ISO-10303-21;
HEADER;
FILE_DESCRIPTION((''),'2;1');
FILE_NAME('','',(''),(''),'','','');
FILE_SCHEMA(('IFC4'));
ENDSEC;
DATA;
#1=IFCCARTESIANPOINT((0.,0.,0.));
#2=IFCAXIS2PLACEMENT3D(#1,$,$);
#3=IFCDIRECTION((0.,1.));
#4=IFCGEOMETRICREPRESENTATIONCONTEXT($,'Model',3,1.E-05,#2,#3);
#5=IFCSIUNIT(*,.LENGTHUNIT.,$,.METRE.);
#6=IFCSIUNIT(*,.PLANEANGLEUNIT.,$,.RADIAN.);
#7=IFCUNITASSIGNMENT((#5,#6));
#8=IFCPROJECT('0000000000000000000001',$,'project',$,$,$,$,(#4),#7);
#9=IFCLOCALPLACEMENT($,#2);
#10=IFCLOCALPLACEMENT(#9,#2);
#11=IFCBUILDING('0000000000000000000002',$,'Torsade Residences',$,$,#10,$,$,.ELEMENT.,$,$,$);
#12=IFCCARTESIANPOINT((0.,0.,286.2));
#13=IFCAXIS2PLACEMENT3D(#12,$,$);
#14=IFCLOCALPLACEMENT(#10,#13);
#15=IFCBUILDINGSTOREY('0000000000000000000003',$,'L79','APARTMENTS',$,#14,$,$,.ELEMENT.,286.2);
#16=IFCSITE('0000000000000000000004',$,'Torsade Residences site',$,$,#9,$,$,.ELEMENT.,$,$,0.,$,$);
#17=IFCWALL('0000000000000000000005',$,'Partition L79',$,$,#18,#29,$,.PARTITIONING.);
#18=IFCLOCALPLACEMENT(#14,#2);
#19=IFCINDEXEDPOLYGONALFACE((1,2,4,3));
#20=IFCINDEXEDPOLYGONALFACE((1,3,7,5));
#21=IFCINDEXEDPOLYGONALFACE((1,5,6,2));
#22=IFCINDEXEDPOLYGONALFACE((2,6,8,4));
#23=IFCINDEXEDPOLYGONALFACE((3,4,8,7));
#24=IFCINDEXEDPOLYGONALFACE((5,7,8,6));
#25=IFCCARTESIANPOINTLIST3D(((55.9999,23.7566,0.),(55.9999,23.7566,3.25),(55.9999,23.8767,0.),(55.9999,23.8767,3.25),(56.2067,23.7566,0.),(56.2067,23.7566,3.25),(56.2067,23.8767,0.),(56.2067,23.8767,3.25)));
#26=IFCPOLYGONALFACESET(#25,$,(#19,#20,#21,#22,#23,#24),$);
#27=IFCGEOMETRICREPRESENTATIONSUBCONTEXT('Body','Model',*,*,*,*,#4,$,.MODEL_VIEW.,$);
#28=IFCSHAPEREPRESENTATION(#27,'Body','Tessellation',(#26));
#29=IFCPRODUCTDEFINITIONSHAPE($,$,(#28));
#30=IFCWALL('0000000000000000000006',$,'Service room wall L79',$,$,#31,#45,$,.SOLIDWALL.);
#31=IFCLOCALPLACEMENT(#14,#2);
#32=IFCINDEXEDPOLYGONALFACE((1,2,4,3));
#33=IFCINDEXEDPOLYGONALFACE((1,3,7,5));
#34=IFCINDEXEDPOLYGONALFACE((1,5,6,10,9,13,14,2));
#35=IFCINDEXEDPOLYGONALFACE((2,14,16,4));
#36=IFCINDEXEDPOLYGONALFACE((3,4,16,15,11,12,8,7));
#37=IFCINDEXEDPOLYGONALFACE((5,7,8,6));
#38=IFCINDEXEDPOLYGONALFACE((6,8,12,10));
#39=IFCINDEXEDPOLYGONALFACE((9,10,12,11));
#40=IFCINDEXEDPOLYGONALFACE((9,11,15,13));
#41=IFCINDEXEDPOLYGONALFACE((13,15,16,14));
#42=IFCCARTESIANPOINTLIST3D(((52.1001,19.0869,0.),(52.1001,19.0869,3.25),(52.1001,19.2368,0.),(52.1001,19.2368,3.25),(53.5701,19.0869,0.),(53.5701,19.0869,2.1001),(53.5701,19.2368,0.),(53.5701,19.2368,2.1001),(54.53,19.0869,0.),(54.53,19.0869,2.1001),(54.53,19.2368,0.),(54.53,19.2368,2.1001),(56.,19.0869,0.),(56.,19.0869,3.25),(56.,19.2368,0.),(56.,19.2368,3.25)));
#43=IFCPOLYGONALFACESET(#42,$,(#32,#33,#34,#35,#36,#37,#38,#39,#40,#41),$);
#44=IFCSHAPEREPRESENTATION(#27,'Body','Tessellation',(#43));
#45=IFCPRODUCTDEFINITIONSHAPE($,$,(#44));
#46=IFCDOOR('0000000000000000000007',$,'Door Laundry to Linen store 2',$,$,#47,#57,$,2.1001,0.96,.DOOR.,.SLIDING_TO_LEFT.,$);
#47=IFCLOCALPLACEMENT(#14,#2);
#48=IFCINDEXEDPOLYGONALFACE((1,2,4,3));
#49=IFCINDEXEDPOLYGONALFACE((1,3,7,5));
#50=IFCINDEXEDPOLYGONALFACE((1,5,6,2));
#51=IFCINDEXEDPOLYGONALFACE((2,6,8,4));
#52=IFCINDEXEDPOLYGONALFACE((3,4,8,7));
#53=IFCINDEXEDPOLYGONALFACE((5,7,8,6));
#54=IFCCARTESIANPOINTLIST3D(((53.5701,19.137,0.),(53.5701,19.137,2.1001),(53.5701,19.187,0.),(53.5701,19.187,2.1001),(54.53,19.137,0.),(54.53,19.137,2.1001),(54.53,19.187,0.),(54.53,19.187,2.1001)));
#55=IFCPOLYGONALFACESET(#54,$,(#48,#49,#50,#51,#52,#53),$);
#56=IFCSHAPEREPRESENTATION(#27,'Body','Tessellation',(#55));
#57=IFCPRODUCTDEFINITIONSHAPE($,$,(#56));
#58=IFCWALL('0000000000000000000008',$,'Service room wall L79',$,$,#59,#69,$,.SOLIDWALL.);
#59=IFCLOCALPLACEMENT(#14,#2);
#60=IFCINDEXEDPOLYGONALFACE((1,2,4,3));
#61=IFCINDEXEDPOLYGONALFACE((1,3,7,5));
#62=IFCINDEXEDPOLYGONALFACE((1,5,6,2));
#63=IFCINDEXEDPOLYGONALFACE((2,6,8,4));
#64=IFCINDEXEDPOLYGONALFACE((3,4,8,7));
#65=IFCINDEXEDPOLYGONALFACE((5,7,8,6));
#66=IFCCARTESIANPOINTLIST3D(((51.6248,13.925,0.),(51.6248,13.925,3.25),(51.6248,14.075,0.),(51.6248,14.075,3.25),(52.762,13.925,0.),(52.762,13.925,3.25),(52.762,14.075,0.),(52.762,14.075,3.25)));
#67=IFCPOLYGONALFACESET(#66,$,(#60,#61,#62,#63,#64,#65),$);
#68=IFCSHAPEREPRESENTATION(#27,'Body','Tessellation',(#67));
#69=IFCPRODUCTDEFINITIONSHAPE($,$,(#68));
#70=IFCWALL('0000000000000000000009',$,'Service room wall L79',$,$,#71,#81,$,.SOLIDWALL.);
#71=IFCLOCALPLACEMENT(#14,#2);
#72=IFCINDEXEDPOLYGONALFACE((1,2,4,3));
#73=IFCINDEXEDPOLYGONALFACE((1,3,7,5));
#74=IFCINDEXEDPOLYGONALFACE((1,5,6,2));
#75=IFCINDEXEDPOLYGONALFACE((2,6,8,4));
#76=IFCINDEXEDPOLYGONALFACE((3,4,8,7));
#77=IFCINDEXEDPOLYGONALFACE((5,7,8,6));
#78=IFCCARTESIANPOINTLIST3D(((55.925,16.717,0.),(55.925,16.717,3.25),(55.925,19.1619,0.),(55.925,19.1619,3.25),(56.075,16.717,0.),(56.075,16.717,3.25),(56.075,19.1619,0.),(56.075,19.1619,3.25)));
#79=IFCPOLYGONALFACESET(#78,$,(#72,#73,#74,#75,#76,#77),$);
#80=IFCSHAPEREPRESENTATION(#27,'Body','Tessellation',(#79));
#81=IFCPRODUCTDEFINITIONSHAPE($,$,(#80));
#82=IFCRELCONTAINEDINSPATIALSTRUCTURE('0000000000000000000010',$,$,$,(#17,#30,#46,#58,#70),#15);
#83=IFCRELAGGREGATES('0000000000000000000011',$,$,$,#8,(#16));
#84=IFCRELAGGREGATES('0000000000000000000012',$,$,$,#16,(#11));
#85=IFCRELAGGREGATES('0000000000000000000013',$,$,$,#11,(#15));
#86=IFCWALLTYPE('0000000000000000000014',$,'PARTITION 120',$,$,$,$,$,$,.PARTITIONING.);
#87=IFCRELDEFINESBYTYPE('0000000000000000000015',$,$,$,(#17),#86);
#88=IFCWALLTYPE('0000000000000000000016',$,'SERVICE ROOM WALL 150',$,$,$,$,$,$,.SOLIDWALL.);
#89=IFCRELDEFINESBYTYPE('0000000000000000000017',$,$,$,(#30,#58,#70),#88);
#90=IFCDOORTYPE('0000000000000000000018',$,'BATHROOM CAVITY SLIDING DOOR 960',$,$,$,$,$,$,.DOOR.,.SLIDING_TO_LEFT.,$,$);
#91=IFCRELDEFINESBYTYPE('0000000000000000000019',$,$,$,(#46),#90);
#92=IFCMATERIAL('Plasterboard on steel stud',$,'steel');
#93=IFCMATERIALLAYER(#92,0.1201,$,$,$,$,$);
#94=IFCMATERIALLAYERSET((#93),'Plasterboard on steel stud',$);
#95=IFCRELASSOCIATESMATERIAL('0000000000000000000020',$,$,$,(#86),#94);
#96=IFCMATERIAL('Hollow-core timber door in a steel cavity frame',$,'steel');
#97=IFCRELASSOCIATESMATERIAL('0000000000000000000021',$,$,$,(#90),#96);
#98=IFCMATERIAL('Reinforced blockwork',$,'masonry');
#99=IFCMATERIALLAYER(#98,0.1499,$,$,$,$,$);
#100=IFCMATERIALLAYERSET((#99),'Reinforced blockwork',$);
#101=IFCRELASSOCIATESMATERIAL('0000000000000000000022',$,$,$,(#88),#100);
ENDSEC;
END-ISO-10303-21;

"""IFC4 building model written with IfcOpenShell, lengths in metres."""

from ifc_helpers import new_model, si_unit, direction, frame, frame_2d, origin, place, context, subcontext, project, spatial, rectangle, extrude, material, layer, layer_set, type_object, element, fill, save


model = new_model("IFC4")

# Units and contexts
model_context = context("Model", 3, precision=1e-05, world=origin(), true_north=direction((0.0, 1.0)))
body_context = subcontext(model_context, "Body", "Model", "MODEL_VIEW")
ifc_project = project(units=[si_unit("LENGTHUNIT", "METRE"), si_unit("PLANEANGLEUNIT", "RADIAN")], contexts=[model_context])

# Site, building, storey
site_placement = place(None, origin())
site = spatial("IfcSite", under=ifc_project, at=site_placement, Name="Torsade Residences site", CompositionType="ELEMENT", RefElevation=0.0)
building_placement = place(site_placement, origin())
building = spatial("IfcBuilding", under=site, at=building_placement, Name="Torsade Residences", CompositionType="ELEMENT")
storey_placement = place(building_placement, frame((0.0, 0.0, 286.2)))
storey = spatial("IfcBuildingStorey", under=building, at=storey_placement, Name="L79", Description="APARTMENTS", CompositionType="ELEMENT", Elevation=286.2)

# Shared definitions
ifc_material_1 = material(Name="Plasterboard on steel stud", Category="steel")
ifc_layer_1 = layer(ifc_material_1, 0.1201)
ifc_layer_set_1 = layer_set([ifc_layer_1], Name="Plasterboard on steel stud")
wall_type_1 = type_object("IfcWallType", Name="PARTITION 120", PredefinedType="PARTITIONING", material=ifc_layer_set_1)
ifc_material_2 = material(Name="Hollow-core timber door in a steel cavity frame", Category="steel")
door_type_1 = type_object("IfcDoorType", Name="BATHROOM CAVITY SLIDING DOOR 960", OperationType="SLIDING_TO_LEFT", PredefinedType="DOOR", material=ifc_material_2)

# Wall
wall_1_placement = place(storey_placement, frame((56.2068, 23.8167, 0.0), z_axis=(0.0, 0.0, 1.0), x_axis=(-1.0, 0.0, 0.0)))
element("IfcWall", 1, at=wall_1_placement, inside=storey, type_object=wall_type_1, Name="Partition L79", PredefinedType="PARTITIONING", context=body_context, shape_type="SweptSolid", body=[
    extrude(rectangle(XDim=0.2068, YDim=0.1201, at=frame_2d((0.1035, 0.0))), origin(), (0.0, 0.0, 1.0), 3.25),
])

# Wall, opening, door
ifc_material_3 = material(Name="Reinforced blockwork", Category="masonry")
ifc_layer_2 = layer(ifc_material_3, 0.1499)
ifc_layer_set_2 = layer_set([ifc_layer_2], Name="Reinforced blockwork")
wall_type_2 = type_object("IfcWallType", Name="SERVICE ROOM WALL 150", PredefinedType="SOLIDWALL", material=ifc_layer_set_2)
wall_2_placement = place(storey_placement, frame((56.0, 19.1619, 0.0), z_axis=(0.0, 0.0, 1.0), x_axis=(-1.0, 0.0, 0.0)))
wall_2 = element("IfcWall", 2, at=wall_2_placement, inside=storey, type_object=wall_type_2, Name="Service room wall L79", PredefinedType="SOLIDWALL", context=body_context, shape_type="SweptSolid", body=[
    extrude(rectangle(XDim=3.8999, YDim=0.1499, at=frame_2d((1.95, 0.0))), origin(), (0.0, 0.0, 1.0), 3.25),
])
opening_1_placement = place(wall_2_placement, frame((1.47, 0.0, 0.0)))
opening_1 = element("IfcOpeningElement", 3, at=opening_1_placement, cuts=wall_2, PredefinedType="OPENING", context=body_context, shape_type="SweptSolid", body=[
    extrude(rectangle(XDim=0.96, YDim=2.1001, at=frame_2d((0.48, 1.05))), frame((0.0, 0.085, 0.0), z_axis=(0.0, -1.0, 0.0), x_axis=(1.0, 0.0, 0.0)), (0.0, 0.0, 1.0), 0.1699),
])
door_1_placement = place(opening_1_placement, origin())
door_1 = element("IfcDoor", 4, at=door_1_placement, inside=storey, type_object=door_type_1, Name="Door Laundry to Linen store 2", OperationType="SLIDING_TO_LEFT", OverallHeight=2.1001, OverallWidth=0.96, PredefinedType="DOOR", context=body_context, shape_type="SweptSolid", body=[
    extrude(rectangle(XDim=0.96, YDim=2.1001, at=frame_2d((0.48, 1.05))), frame((0.0, 0.0249, 0.0), z_axis=(0.0, -1.0, 0.0), x_axis=(1.0, 0.0, 0.0)), (0.0, 0.0, 1.0), 0.05),
])
fill(opening_1, door_1)

# Walls
wall_3_placement = place(storey_placement, frame((52.762, 14.0, 0.0), z_axis=(0.0, 0.0, 1.0), x_axis=(-1.0, 0.0, 0.0)))
element("IfcWall", 5, at=wall_3_placement, inside=storey, type_object=wall_type_2, Name="Service room wall L79", PredefinedType="SOLIDWALL", context=body_context, shape_type="SweptSolid", body=[
    extrude(rectangle(XDim=1.1372, YDim=0.1499, at=frame_2d((0.5686, 0.0))), origin(), (0.0, 0.0, 1.0), 3.25),
])
wall_4_placement = place(storey_placement, frame((56.0, 19.1619, 0.0), z_axis=(0.0, 0.0, 1.0), x_axis=(0.0, -1.0, 0.0)))
element("IfcWall", 6, at=wall_4_placement, inside=storey, type_object=wall_type_2, Name="Service room wall L79", PredefinedType="SOLIDWALL", context=body_context, shape_type="SweptSolid", body=[
    extrude(rectangle(XDim=2.4448, YDim=0.1499, at=frame_2d((1.2224, 0.0))), origin(), (0.0, 0.0, 1.0), 3.25),
])

save(model, "model.ifc")
